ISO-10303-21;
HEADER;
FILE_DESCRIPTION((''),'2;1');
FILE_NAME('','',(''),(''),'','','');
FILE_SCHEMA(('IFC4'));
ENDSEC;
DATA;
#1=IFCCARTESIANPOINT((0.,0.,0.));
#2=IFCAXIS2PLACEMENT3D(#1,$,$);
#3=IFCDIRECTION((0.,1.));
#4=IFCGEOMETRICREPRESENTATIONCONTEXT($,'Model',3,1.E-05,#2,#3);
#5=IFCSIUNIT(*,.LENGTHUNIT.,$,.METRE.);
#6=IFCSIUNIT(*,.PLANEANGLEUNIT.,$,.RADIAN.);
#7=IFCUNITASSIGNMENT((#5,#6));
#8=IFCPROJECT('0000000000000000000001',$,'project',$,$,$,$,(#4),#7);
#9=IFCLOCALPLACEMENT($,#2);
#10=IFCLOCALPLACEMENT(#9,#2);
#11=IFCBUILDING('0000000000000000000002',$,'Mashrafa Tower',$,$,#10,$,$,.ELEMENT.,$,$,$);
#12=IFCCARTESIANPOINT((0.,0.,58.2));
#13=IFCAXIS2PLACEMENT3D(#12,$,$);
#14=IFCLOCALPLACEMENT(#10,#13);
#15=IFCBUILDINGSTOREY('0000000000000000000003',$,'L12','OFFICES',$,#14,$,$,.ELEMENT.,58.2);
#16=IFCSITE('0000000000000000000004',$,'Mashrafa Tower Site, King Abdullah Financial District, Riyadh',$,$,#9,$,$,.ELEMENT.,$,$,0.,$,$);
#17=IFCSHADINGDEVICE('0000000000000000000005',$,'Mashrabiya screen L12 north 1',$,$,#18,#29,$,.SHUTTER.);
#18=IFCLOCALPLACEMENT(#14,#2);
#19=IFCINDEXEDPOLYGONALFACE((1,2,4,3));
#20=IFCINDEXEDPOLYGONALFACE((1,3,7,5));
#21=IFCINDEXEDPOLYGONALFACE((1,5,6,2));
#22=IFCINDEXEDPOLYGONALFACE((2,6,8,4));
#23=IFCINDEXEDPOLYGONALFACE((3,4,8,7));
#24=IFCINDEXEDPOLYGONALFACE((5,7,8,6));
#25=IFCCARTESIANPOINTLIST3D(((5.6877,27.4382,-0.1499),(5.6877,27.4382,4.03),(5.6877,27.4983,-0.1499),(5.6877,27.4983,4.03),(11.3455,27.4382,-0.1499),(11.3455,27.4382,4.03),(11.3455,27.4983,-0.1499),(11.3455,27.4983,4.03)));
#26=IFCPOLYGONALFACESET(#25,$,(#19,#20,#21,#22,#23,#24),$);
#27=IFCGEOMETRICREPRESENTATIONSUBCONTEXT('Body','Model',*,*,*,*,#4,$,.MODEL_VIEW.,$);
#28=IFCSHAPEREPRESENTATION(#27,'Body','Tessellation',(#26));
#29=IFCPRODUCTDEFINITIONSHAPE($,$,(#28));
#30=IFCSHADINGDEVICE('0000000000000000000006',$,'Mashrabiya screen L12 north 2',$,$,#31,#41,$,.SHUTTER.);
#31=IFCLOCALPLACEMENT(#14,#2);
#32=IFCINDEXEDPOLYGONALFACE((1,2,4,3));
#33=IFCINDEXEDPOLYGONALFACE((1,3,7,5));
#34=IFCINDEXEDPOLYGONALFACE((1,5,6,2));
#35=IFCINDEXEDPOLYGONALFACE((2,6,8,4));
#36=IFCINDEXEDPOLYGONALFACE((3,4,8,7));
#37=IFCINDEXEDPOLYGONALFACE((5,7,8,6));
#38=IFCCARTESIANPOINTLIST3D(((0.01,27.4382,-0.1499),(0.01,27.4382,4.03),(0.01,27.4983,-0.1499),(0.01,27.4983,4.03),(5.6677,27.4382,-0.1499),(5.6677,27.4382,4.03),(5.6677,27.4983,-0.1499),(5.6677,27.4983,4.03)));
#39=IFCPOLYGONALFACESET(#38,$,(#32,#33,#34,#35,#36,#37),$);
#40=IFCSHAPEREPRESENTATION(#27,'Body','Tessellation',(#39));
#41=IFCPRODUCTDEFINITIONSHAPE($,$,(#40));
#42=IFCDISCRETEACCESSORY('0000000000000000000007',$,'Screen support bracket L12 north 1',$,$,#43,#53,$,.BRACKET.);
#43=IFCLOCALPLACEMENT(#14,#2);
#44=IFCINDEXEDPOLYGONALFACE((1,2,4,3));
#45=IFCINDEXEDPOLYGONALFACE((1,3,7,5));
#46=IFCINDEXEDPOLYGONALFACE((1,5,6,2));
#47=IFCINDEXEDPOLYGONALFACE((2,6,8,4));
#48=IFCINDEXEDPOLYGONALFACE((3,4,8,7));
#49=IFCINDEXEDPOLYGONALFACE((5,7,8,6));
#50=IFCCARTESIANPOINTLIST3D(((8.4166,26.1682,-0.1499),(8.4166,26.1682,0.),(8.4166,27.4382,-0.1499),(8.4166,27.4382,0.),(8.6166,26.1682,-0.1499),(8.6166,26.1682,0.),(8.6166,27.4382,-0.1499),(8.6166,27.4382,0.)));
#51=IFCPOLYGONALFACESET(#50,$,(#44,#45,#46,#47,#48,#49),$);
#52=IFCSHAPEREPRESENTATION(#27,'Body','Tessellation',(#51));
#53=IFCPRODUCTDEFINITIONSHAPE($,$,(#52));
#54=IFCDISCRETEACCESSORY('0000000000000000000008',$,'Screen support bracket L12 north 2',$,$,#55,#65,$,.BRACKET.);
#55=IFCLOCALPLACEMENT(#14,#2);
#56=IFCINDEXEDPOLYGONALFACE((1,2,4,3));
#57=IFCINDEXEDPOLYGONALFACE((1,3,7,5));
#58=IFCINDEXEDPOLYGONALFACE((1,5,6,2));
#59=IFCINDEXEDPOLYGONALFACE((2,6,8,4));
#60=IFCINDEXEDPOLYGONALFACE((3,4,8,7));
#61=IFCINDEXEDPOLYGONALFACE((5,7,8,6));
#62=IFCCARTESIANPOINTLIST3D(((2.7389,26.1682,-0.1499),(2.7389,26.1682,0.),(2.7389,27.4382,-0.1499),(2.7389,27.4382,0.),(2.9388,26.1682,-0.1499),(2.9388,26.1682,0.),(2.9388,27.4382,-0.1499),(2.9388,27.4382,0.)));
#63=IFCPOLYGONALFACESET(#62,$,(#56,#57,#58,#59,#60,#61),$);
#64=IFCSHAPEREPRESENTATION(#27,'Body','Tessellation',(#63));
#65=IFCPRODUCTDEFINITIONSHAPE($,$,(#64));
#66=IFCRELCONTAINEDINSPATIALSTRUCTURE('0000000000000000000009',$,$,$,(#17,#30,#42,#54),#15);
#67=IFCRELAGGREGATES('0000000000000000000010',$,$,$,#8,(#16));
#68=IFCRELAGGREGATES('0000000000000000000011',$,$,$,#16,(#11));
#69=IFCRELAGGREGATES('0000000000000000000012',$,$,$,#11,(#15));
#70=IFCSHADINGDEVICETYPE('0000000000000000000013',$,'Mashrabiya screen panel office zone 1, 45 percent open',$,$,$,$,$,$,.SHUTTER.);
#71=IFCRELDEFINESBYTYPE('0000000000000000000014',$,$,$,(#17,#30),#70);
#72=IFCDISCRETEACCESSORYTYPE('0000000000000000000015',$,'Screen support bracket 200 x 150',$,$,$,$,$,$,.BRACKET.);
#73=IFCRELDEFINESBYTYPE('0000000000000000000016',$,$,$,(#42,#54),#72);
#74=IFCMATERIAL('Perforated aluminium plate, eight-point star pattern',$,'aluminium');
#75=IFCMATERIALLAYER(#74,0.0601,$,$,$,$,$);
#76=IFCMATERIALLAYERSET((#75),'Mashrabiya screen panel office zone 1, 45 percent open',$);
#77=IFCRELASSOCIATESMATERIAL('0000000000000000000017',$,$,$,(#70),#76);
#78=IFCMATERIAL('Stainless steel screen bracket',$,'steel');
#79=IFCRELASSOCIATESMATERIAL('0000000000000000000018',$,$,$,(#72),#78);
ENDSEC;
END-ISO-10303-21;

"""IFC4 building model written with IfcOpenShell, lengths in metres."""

from ifc_helpers import new_model, si_unit, direction, frame, origin, origin_2d, place, context, subcontext, project, spatial, rectangle, extrude, source, transform, mapped, material, layer, layer_set, type_object, type_shapes, element, save


model = new_model("IFC4")

# Units and contexts
model_context = context("Model", 3, precision=1e-05, world=origin(), true_north=direction((0.0, 1.0)))
body_context = subcontext(model_context, "Body", "Model", "MODEL_VIEW")
ifc_project = project(units=[si_unit("LENGTHUNIT", "METRE"), si_unit("PLANEANGLEUNIT", "RADIAN")], contexts=[model_context])

# Site, building, storey
site_placement = place(None, origin())
site = spatial("IfcSite", under=ifc_project, at=site_placement, Name="Mashrafa Tower Site, King Abdullah Financial District, Riyadh", CompositionType="ELEMENT", RefElevation=0.0)
building_placement = place(site_placement, origin())
building = spatial("IfcBuilding", under=site, at=building_placement, Name="Mashrafa Tower", CompositionType="ELEMENT")
storey_placement = place(building_placement, frame((0.0, 0.0, 58.2)))
storey = spatial("IfcBuildingStorey", under=building, at=storey_placement, Name="L12", Description="OFFICES", CompositionType="ELEMENT", Elevation=58.2)

# Shading devices
ifc_material_1 = material(Name="Perforated aluminium plate, eight-point star pattern", Category="aluminium")
ifc_layer_1 = layer(ifc_material_1, 0.0601)
ifc_layer_set_1 = layer_set([ifc_layer_1], Name="Mashrabiya screen panel office zone 1, 45 percent open")
shading_device_type = type_object("IfcShadingDeviceType", Name="Mashrabiya screen panel office zone 1, 45 percent open", PredefinedType="SHUTTER", material=ifc_layer_set_1)
shared_shape_1 = source(origin(), body_context, "Body", "SweptSolid", [
    extrude(rectangle(XDim=5.6577, YDim=0.0601, at=origin_2d()), origin(), (0.0, 0.0, 1.0), 4.1799),
])
type_shapes(shading_device_type, [shared_shape_1])
for number, where, z_axis, x_axis, name in (
    (1, (8.5166, 27.4683, -0.1499), (0.0, 0.0, 1.0), (-1.0, 0.0, 0.0), "Mashrabiya screen L12 north 1"),
    (2, (2.8389, 27.4683, -0.1499), (0.0, 0.0, 1.0), (-1.0, 0.0, 0.0), "Mashrabiya screen L12 north 2"),
):
    element("IfcShadingDevice", number, at=place(storey_placement, frame(where, z_axis=z_axis, x_axis=x_axis)), inside=storey, type_object=shading_device_type, Name=name, PredefinedType="SHUTTER", context=body_context, shape_type="MappedRepresentation", body=[
        mapped(shared_shape_1, transform((0.0, 0.0, 0.0))),
    ])

# Discrete accessories
ifc_material_2 = material(Name="Stainless steel screen bracket", Category="steel")
discrete_accessory_type = type_object("IfcDiscreteAccessoryType", Name="Screen support bracket 200 x 150", PredefinedType="BRACKET", material=ifc_material_2)
shared_shape_2 = source(origin(), body_context, "Body", "SweptSolid", [
    extrude(rectangle(XDim=0.2, YDim=1.27, at=origin_2d()), origin(), (0.0, 0.0, 1.0), 0.1499),
])
type_shapes(discrete_accessory_type, [shared_shape_2])
for number, where, z_axis, x_axis, name in (
    (3, (8.5166, 26.8032, -0.1499), (0.0, 0.0, 1.0), (-1.0, 0.0, 0.0), "Screen support bracket L12 north 1"),
    (4, (2.8389, 26.8032, -0.1499), (0.0, 0.0, 1.0), (-1.0, 0.0, 0.0), "Screen support bracket L12 north 2"),
):
    element("IfcDiscreteAccessory", number, at=place(storey_placement, frame(where, z_axis=z_axis, x_axis=x_axis)), inside=storey, type_object=discrete_accessory_type, Name=name, PredefinedType="BRACKET", context=body_context, shape_type="MappedRepresentation", body=[
        mapped(shared_shape_2, transform((0.0, 0.0, 0.0))),
    ])

save(model, "model.ifc")
